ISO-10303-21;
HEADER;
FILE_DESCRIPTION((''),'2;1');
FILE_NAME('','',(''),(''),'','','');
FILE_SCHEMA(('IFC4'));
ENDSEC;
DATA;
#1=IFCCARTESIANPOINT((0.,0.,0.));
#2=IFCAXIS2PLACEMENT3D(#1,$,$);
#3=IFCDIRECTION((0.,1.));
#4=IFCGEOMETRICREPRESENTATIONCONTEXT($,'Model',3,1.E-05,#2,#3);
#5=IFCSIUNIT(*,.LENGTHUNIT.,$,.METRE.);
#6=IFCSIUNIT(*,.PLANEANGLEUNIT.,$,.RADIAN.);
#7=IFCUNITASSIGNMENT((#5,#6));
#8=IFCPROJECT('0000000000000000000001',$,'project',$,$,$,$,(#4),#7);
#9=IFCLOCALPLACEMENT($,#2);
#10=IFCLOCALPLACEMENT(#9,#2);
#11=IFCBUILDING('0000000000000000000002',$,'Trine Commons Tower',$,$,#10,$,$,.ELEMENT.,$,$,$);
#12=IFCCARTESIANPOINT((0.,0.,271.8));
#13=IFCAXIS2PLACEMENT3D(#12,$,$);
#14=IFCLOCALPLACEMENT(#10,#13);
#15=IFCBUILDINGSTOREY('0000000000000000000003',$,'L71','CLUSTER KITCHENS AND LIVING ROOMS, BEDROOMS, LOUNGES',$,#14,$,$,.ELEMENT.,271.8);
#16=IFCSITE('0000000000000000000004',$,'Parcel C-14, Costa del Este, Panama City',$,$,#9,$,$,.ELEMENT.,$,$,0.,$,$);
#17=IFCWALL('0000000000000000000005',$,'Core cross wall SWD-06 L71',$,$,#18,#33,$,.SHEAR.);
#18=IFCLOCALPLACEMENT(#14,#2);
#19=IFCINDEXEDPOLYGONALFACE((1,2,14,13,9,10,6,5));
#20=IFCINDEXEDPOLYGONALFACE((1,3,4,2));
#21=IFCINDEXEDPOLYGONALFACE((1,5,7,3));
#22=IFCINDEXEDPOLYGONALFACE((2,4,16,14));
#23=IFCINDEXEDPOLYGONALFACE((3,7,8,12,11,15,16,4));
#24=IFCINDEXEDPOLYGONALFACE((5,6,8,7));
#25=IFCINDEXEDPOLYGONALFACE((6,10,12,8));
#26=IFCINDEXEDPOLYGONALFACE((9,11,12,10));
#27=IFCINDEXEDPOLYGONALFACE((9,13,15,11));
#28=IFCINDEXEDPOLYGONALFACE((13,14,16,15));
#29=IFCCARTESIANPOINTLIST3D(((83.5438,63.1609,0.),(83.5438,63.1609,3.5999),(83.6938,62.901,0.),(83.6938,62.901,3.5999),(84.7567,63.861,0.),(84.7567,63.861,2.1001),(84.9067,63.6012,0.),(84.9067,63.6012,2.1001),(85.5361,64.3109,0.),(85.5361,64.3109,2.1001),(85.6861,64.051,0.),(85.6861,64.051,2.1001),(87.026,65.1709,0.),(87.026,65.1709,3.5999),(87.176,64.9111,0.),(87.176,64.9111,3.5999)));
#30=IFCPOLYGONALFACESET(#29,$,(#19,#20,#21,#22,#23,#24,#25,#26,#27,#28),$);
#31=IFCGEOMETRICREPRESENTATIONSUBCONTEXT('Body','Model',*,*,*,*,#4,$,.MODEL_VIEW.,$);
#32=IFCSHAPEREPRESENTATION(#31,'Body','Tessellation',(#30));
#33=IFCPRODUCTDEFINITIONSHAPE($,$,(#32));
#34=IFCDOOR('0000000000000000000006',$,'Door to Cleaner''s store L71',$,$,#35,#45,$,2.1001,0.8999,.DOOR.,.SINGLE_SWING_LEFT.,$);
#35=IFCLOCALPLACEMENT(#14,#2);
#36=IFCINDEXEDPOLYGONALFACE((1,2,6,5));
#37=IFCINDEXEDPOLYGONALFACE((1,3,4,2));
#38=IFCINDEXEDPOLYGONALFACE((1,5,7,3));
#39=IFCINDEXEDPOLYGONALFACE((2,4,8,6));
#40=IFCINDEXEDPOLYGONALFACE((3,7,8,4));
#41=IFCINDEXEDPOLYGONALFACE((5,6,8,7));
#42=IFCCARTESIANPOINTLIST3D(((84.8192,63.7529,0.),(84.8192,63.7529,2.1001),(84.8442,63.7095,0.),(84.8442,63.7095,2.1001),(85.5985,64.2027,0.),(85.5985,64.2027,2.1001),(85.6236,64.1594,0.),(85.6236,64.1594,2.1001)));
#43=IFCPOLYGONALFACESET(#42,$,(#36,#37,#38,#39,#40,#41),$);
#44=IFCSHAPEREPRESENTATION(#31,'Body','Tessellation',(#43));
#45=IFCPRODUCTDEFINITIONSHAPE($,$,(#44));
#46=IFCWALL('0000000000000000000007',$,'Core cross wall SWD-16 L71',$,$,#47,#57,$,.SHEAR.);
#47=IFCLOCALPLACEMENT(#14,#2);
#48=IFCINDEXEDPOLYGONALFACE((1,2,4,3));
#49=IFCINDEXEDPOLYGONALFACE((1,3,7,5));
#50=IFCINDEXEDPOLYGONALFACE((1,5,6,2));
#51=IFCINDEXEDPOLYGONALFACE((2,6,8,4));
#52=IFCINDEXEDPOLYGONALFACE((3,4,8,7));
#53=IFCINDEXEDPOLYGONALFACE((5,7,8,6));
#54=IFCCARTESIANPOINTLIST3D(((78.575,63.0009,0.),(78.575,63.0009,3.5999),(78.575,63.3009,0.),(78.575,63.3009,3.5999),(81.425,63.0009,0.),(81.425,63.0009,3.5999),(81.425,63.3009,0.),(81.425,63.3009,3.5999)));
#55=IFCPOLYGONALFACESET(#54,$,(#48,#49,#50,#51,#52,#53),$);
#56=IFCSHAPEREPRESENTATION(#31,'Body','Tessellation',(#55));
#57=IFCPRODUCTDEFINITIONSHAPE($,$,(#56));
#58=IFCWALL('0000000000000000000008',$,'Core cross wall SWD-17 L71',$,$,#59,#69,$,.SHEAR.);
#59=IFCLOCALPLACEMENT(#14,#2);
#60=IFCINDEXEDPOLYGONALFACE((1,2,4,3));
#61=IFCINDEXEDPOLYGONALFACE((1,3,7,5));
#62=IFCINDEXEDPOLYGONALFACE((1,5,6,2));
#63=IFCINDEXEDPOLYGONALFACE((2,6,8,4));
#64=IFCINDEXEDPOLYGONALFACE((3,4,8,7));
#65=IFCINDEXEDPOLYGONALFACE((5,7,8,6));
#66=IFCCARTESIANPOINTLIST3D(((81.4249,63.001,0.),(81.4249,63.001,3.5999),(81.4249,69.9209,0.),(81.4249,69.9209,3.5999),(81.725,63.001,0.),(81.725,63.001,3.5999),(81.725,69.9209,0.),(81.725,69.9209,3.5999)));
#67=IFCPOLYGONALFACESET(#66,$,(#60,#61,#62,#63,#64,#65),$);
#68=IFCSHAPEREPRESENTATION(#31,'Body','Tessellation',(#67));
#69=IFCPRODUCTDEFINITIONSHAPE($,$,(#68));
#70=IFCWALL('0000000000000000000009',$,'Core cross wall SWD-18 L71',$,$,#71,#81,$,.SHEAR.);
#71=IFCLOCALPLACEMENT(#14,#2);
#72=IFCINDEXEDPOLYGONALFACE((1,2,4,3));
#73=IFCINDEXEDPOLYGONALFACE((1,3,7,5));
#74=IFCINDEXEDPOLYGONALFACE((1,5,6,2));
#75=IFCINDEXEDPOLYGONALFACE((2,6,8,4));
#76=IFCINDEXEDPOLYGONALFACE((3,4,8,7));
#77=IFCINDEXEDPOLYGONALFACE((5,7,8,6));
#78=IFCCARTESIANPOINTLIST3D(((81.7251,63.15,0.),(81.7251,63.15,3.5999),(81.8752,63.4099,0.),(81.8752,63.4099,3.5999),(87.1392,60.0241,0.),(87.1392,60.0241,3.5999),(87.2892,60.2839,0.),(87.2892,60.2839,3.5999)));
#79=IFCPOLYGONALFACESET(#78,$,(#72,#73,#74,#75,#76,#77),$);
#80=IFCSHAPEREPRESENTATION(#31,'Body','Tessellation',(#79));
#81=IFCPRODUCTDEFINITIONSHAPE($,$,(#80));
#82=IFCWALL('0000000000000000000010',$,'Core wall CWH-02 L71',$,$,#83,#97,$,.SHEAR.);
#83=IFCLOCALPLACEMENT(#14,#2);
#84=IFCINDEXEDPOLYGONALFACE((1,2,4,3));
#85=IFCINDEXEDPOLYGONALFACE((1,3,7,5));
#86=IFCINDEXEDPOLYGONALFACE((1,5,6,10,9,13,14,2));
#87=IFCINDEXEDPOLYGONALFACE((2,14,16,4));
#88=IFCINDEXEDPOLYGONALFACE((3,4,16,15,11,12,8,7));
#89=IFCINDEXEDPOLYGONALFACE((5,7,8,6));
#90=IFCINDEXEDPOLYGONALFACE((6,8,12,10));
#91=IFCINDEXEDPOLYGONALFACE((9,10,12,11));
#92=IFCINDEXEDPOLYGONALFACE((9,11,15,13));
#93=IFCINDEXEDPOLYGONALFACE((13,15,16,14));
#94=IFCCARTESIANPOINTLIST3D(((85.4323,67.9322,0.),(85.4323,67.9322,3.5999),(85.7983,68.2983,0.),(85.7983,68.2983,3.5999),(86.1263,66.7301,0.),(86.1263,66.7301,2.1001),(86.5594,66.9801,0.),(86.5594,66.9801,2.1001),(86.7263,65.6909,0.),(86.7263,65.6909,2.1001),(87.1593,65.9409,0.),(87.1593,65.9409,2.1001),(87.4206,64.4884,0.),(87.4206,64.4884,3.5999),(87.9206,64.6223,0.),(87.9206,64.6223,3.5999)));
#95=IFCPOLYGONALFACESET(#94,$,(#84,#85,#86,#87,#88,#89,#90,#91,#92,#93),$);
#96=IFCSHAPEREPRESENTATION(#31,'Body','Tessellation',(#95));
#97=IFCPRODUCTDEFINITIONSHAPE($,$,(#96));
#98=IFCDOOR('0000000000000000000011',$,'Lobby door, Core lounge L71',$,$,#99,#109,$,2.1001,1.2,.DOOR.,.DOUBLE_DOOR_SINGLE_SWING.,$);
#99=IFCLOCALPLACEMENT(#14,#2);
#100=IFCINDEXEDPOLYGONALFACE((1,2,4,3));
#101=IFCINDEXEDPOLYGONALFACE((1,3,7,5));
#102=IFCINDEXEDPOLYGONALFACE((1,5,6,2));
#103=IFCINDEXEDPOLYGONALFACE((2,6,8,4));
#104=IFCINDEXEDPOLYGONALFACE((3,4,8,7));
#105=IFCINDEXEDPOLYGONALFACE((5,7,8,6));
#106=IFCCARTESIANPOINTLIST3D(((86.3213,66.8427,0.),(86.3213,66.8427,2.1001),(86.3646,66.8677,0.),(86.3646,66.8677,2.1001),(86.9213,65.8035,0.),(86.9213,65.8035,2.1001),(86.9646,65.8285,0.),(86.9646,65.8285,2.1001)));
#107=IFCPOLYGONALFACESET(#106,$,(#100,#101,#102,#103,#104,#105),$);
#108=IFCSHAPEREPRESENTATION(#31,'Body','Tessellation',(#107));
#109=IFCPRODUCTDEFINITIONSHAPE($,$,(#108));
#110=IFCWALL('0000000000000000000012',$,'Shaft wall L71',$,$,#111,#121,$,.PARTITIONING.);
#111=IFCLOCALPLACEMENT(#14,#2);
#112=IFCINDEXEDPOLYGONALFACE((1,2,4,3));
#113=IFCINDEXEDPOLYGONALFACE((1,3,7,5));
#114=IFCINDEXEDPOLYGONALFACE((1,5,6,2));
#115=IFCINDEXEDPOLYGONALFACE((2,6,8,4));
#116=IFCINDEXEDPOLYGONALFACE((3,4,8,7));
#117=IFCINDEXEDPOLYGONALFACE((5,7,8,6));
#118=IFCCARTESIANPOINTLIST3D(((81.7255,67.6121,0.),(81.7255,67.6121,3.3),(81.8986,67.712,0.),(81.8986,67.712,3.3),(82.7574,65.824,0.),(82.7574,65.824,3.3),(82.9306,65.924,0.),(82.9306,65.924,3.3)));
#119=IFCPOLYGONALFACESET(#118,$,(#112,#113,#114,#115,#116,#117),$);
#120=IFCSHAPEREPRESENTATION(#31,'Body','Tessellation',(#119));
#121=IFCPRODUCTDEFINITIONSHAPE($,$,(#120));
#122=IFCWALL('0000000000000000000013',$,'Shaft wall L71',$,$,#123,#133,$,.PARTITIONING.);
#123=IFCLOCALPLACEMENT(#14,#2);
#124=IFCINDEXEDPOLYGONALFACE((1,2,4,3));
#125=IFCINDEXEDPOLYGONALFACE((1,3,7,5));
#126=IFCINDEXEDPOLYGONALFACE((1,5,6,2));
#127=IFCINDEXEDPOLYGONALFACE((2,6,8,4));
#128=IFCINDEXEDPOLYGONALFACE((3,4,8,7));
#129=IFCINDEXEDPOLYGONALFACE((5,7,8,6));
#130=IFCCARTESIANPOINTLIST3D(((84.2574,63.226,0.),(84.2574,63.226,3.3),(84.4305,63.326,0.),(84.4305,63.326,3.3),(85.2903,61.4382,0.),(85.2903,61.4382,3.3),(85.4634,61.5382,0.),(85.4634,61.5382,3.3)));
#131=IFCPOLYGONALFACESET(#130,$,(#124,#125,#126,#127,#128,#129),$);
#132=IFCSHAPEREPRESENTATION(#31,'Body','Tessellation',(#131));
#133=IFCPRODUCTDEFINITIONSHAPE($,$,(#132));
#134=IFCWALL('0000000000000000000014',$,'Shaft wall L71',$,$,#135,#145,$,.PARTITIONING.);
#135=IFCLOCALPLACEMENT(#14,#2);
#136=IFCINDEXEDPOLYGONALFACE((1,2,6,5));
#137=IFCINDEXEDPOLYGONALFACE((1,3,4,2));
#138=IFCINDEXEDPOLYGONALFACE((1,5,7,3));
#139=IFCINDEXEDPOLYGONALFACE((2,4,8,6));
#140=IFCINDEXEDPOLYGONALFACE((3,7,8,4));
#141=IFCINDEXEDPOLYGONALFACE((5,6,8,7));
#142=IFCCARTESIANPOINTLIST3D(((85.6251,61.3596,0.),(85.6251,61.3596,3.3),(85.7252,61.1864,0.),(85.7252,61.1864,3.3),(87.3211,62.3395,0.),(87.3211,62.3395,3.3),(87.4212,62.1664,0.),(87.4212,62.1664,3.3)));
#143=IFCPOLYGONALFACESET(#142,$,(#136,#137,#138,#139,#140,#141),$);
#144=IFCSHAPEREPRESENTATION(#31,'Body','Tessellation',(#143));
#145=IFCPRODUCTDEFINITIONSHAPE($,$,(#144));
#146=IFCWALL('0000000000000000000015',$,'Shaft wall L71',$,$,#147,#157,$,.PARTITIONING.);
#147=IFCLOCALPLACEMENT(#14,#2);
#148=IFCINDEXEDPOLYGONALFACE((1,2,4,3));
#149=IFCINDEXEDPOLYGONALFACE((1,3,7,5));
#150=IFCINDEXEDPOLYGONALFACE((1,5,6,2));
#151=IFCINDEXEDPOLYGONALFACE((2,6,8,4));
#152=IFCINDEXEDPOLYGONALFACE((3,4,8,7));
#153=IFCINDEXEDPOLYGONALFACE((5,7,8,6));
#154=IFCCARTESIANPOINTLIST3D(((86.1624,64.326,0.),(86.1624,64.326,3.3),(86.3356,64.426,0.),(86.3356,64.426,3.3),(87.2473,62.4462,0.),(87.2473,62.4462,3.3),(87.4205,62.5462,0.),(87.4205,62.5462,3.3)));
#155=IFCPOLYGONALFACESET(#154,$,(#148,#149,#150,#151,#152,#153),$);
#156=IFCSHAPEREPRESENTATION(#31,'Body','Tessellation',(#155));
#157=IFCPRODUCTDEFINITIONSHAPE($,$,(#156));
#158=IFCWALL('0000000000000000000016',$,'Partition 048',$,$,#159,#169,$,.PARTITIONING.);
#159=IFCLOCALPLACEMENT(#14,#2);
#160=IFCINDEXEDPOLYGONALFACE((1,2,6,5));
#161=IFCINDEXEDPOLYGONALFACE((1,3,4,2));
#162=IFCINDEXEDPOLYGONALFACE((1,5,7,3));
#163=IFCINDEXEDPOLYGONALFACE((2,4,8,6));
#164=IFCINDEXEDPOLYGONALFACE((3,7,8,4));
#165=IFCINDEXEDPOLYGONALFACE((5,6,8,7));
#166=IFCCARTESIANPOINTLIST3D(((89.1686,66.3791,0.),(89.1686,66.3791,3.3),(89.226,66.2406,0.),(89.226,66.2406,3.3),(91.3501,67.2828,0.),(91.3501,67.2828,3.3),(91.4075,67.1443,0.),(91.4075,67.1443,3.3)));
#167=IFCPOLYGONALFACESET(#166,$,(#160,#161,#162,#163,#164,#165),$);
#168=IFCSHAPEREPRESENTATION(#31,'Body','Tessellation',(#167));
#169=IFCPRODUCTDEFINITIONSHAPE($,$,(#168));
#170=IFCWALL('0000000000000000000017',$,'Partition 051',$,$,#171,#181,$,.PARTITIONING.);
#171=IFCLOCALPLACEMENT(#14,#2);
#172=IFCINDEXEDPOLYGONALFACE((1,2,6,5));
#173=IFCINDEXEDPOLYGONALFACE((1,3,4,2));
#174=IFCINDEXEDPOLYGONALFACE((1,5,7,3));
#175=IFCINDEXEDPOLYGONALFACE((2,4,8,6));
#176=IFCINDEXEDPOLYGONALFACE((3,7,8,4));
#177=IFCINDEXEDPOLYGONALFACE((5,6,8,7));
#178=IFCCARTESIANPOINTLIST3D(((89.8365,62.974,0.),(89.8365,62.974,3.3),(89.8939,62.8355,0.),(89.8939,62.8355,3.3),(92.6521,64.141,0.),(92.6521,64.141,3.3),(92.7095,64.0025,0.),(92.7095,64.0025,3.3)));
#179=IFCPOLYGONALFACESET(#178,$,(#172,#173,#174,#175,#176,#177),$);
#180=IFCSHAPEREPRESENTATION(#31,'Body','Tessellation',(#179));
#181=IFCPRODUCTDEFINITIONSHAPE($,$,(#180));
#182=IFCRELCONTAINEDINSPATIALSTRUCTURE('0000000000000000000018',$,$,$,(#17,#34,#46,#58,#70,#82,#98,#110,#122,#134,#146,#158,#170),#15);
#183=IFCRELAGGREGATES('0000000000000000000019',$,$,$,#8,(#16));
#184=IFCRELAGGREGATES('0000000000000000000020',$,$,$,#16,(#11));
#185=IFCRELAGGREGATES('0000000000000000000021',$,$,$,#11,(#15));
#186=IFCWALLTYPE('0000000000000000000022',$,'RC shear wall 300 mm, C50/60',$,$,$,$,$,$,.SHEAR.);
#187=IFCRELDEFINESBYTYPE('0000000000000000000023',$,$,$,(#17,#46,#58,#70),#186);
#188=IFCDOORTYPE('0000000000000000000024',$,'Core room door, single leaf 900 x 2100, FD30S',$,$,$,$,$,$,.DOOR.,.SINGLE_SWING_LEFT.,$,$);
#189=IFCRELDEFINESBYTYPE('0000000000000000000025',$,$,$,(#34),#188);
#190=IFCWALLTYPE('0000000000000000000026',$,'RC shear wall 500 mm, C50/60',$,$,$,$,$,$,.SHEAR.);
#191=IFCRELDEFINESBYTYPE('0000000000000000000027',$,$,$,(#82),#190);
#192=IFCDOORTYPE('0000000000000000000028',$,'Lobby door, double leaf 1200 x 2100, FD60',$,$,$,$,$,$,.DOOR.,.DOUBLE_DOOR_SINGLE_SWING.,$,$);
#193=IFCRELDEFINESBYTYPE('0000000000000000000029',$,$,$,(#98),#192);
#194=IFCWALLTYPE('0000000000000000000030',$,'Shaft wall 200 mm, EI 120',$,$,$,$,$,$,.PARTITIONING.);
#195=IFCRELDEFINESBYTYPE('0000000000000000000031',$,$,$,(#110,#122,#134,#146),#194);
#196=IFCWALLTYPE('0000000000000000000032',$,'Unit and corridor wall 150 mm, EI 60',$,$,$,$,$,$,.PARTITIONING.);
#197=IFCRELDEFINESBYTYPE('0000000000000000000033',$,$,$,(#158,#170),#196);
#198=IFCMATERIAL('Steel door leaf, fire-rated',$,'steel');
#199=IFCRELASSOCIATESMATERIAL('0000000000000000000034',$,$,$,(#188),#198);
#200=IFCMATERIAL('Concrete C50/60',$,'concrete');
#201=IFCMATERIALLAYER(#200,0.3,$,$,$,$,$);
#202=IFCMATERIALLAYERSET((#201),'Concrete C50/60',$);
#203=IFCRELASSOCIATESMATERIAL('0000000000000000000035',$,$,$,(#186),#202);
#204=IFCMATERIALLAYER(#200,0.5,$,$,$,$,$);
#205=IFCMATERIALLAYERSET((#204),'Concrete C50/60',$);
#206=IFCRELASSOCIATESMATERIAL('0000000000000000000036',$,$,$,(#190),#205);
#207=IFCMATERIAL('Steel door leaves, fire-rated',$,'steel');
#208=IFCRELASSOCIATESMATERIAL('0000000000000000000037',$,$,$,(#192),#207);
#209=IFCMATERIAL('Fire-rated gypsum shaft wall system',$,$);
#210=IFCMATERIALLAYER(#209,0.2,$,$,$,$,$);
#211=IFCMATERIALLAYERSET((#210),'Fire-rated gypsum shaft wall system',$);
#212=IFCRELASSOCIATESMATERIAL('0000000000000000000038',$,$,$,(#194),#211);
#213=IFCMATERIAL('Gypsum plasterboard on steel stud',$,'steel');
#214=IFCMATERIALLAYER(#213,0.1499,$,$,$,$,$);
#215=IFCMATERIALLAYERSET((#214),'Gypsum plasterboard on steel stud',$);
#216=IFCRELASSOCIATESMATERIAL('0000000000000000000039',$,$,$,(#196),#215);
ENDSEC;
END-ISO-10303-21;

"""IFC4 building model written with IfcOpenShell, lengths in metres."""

from ifc_helpers import new_model, si_unit, direction, frame, frame_2d, origin, place, context, subcontext, project, spatial, polyline, rectangle, outline, extrude, material, layer, layer_set, type_object, element, fill, save


model = new_model("IFC4")

# Units and contexts
model_context = context("Model", 3, precision=1e-05, world=origin(), true_north=direction((0.0, 1.0)))
body_context = subcontext(model_context, "Body", "Model", "MODEL_VIEW")
ifc_project = project(units=[si_unit("LENGTHUNIT", "METRE"), si_unit("PLANEANGLEUNIT", "RADIAN")], contexts=[model_context])

# Site, building, storey
site_placement = place(None, origin())
site = spatial("IfcSite", under=ifc_project, at=site_placement, Name="Parcel C-14, Costa del Este, Panama City", CompositionType="ELEMENT", RefElevation=0.0)
building_placement = place(site_placement, origin())
building = spatial("IfcBuilding", under=site, at=building_placement, Name="Trine Commons Tower", CompositionType="ELEMENT")
storey_placement = place(building_placement, frame((0.0, 0.0, 271.8)))
storey = spatial("IfcBuildingStorey", under=building, at=storey_placement, Name="L71", Description="CLUSTER KITCHENS AND LIVING ROOMS, BEDROOMS, LOUNGES", CompositionType="ELEMENT", Elevation=271.8)

# Shared definitions
ifc_material_1 = material(Name="Concrete C50/60", Category="concrete")

# Wall, opening, door
ifc_material_2 = material(Name="Steel door leaf, fire-rated", Category="steel")
door_type_1 = type_object("IfcDoorType", Name="Core room door, single leaf 900 x 2100, FD30S", OperationType="SINGLE_SWING_LEFT", PredefinedType="DOOR", material=ifc_material_2)
ifc_material_3 = material(Name="Fire-rated gypsum shaft wall system")
ifc_layer_1 = layer(ifc_material_1, 0.3)
ifc_layer_set_1 = layer_set([ifc_layer_1], Name="Concrete C50/60")
wall_type_1 = type_object("IfcWallType", Name="RC shear wall 300 mm, C50/60", PredefinedType="SHEAR", material=ifc_layer_set_1)
wall_1_placement = place(storey_placement, frame((83.6189, 63.031, 0.0), z_axis=(0.0, 0.0, 1.0), x_axis=(0.866071, 0.49992, 0.0)))
wall_1 = element("IfcWall", 1, at=wall_1_placement, inside=storey, type_object=wall_type_1, Name="Core cross wall SWD-06 L71", PredefinedType="SHEAR", context=body_context, shape_type="SweptSolid", body=[
    extrude(rectangle(XDim=4.0208, YDim=0.3, at=frame_2d((2.0103, 0.0))), origin(), (0.0, 0.0, 1.0), 3.5999),
])
opening_1_placement = place(wall_1_placement, frame((1.4004, 0.0, 0.0)))
opening_1 = element("IfcOpeningElement", 2, at=opening_1_placement, cuts=wall_1, PredefinedType="OPENING", context=body_context, shape_type="SweptSolid", body=[
    extrude(rectangle(XDim=0.8999, YDim=2.1001, at=frame_2d((0.45, 1.05))), frame((0.0, 0.1599, 0.0), z_axis=(0.0, -1.0, 0.0), x_axis=(1.0, 0.0, 0.0)), (0.0, 0.0, 1.0), 0.3201),
])
door_1_placement = place(opening_1_placement, frame((0.8999, 0.0, 0.0), z_axis=(0.0, 0.0, 1.0), x_axis=(-1.0, 0.0, 0.0)))
door_1 = element("IfcDoor", 3, at=door_1_placement, inside=storey, type_object=door_type_1, Name="Door to Cleaner's store L71", OperationType="SINGLE_SWING_LEFT", OverallHeight=2.1001, OverallWidth=0.8999, PredefinedType="DOOR", context=body_context, shape_type="SweptSolid", body=[
    extrude(rectangle(XDim=0.8999, YDim=2.1001, at=frame_2d((0.45, 1.05))), frame((0.0, 0.0249, 0.0), z_axis=(0.0, -1.0, 0.0), x_axis=(1.0, 0.0, 0.0)), (0.0, 0.0, 1.0), 0.05),
])
fill(opening_1, door_1)

# Walls
wall_2_placement = place(storey_placement, frame((81.425, 63.1509, 0.0), z_axis=(0.0, 0.0, 1.0), x_axis=(-1.0, 0.0, 0.0)))
element("IfcWall", 4, at=wall_2_placement, inside=storey, type_object=wall_type_1, Name="Core cross wall SWD-16 L71", PredefinedType="SHEAR", context=body_context, shape_type="SweptSolid", body=[
    extrude(rectangle(XDim=2.8501, YDim=0.3, at=frame_2d((1.425, 0.0))), origin(), (0.0, 0.0, 1.0), 3.5999),
])
wall_3_placement = place(storey_placement, frame((81.575, 63.001, 0.0), z_axis=(0.0, 0.0, 1.0), x_axis=(0.0, 1.0, 0.0)))
element("IfcWall", 5, at=wall_3_placement, inside=storey, type_object=wall_type_1, Name="Core cross wall SWD-17 L71", PredefinedType="SHEAR", context=body_context, shape_type="SweptSolid", body=[
    extrude(rectangle(XDim=6.9199, YDim=0.3, at=frame_2d((3.46, 0.0))), origin(), (0.0, 0.0, 1.0), 3.5999),
])
wall_4_placement = place(storey_placement, frame((81.8, 63.28, 0.0), z_axis=(0.0, 0.0, 1.0), x_axis=(0.866014, -0.50002, 0.0)))
element("IfcWall", 6, at=wall_4_placement, inside=storey, type_object=wall_type_1, Name="Core cross wall SWD-18 L71", PredefinedType="SHEAR", context=body_context, shape_type="SweptSolid", body=[
    extrude(rectangle(XDim=6.2517, YDim=0.3, at=frame_2d((3.126, 0.0))), origin(), (0.0, 0.0, 1.0), 3.5999),
])

# Wall, opening, door
ifc_layer_2 = layer(ifc_material_1, 0.5)
ifc_layer_set_2 = layer_set([ifc_layer_2], Name="Concrete C50/60")
wall_type_2 = type_object("IfcWallType", Name="RC shear wall 500 mm, C50/60", PredefinedType="SHEAR", material=ifc_layer_set_2)
wall_5_placement = place(storey_placement, frame((87.7041, 64.4973, 0.0), z_axis=(0.0, 0.0, 1.0), x_axis=(-0.499993, 0.866029, 0.0)))
wall_5 = element("IfcWall", 7, at=wall_5_placement, inside=storey, type_object=wall_type_2, Name="Core wall CWH-02 L71", PredefinedType="SHEAR", context=body_context, shape_type="SweptSolid", body=[
    extrude(outline(polyline([(0.0, -0.25), (4.2446, -0.25), (4.1106, 0.25), (0.134, 0.25), (0.0, -0.25)])), origin(), (0.0, 0.0, 1.0), 3.5999),
])
opening_2_placement = place(wall_5_placement, frame((1.5225, 0.0, 0.0)))
opening_2 = element("IfcOpeningElement", 8, at=opening_2_placement, cuts=wall_5, PredefinedType="OPENING", context=body_context, shape_type="SweptSolid", body=[
    extrude(rectangle(XDim=1.2, YDim=2.1001, at=frame_2d((0.6001, 1.05))), frame((0.0, 0.26, 0.0), z_axis=(0.0, -1.0, 0.0), x_axis=(1.0, 0.0, 0.0)), (0.0, 0.0, 1.0), 0.52),
])
ifc_material_4 = material(Name="Steel door leaves, fire-rated", Category="steel")
door_type_2 = type_object("IfcDoorType", Name="Lobby door, double leaf 1200 x 2100, FD60", OperationType="DOUBLE_DOOR_SINGLE_SWING", PredefinedType="DOOR", material=ifc_material_4)
door_2_placement = place(opening_2_placement, origin())
door_2 = element("IfcDoor", 9, at=door_2_placement, inside=storey, type_object=door_type_2, Name="Lobby door, Core lounge L71", OperationType="DOUBLE_DOOR_SINGLE_SWING", OverallHeight=2.1001, OverallWidth=1.2, PredefinedType="DOOR", context=body_context, shape_type="SweptSolid", body=[
    extrude(rectangle(XDim=1.2, YDim=2.1001, at=frame_2d((0.6001, 1.05))), frame((0.0, 0.0249, 0.0), z_axis=(0.0, -1.0, 0.0), x_axis=(1.0, 0.0, 0.0)), (0.0, 0.0, 1.0), 0.05),
])
fill(opening_2, door_2)

# Walls
ifc_layer_3 = layer(ifc_material_3, 0.2)
ifc_layer_set_3 = layer_set([ifc_layer_3], Name="Fire-rated gypsum shaft wall system")
wall_type_3 = type_object("IfcWallType", Name="Shaft wall 200 mm, EI 120", PredefinedType="PARTITIONING", material=ifc_layer_set_3)
wall_6_placement = place(storey_placement, frame((82.844, 65.874, 0.0), z_axis=(0.0, 0.0, 1.0), x_axis=(-0.499866, 0.866103, 0.0)))
element("IfcWall", 10, at=wall_6_placement, inside=storey, type_object=wall_type_3, Name="Shaft wall L71", PredefinedType="PARTITIONING", context=body_context, shape_type="SweptSolid", body=[
    extrude(rectangle(XDim=2.0645, YDim=0.2, at=frame_2d((1.0322, 0.0))), origin(), (0.0, 0.0, 1.0), 3.3),
])
wall_7_placement = place(storey_placement, frame((84.344, 63.2759, 0.0), z_axis=(0.0, 0.0, 1.0), x_axis=(0.500272, -0.865868, 0.0)))
element("IfcWall", 11, at=wall_7_placement, inside=storey, type_object=wall_type_3, Name="Shaft wall L71", PredefinedType="PARTITIONING", context=body_context, shape_type="SweptSolid", body=[
    extrude(rectangle(XDim=2.0647, YDim=0.2, at=frame_2d((1.0322, 0.0))), origin(), (0.0, 0.0, 1.0), 3.3),
])
wall_8_placement = place(storey_placement, frame((85.675, 61.2729, 0.0), z_axis=(0.0, 0.0, 1.0), x_axis=(0.865855, 0.500294, 0.0)))
element("IfcWall", 12, at=wall_8_placement, inside=storey, type_object=wall_type_3, Name="Shaft wall L71", PredefinedType="PARTITIONING", context=body_context, shape_type="SweptSolid", body=[
    extrude(rectangle(XDim=1.9587, YDim=0.2, at=frame_2d((0.9795, 0.0))), origin(), (0.0, 0.0, 1.0), 3.3),
])
wall_9_placement = place(storey_placement, frame((86.249, 64.376, 0.0), z_axis=(0.0, 0.0, 1.0), x_axis=(0.499865, -0.866103, 0.0)))
element("IfcWall", 13, at=wall_9_placement, inside=storey, type_object=wall_type_3, Name="Shaft wall L71", PredefinedType="PARTITIONING", context=body_context, shape_type="SweptSolid", body=[
    extrude(rectangle(XDim=2.1704, YDim=0.2, at=frame_2d((1.0852, 0.0))), origin(), (0.0, 0.0, 1.0), 3.3),
])
ifc_material_5 = material(Name="Gypsum plasterboard on steel stud", Category="steel")
ifc_layer_4 = layer(ifc_material_5, 0.1499)
ifc_layer_set_4 = layer_set([ifc_layer_4], Name="Gypsum plasterboard on steel stud")
wall_type_4 = type_object("IfcWallType", Name="Unit and corridor wall 150 mm, EI 60", PredefinedType="PARTITIONING", material=ifc_layer_set_4)
wall_10_placement = place(storey_placement, frame((89.1973, 66.3098, 0.0), z_axis=(0.0, 0.0, 1.0), x_axis=(0.923858, 0.382735, 0.0)))
element("IfcWall", 14, at=wall_10_placement, inside=storey, type_object=wall_type_4, Name="Partition 048", PredefinedType="PARTITIONING", context=body_context, shape_type="SweptSolid", body=[
    extrude(rectangle(XDim=2.3613, YDim=0.1499, at=frame_2d((1.1807, 0.0))), origin(), (0.0, 0.0, 1.0), 3.3),
])
wall_11_placement = place(storey_placement, frame((89.8652, 62.9048, 0.0), z_axis=(0.0, 0.0, 1.0), x_axis=(0.923798, 0.38288, 0.0)))
element("IfcWall", 15, at=wall_11_placement, inside=storey, type_object=wall_type_4, Name="Partition 051", PredefinedType="PARTITIONING", context=body_context, shape_type="SweptSolid", body=[
    extrude(rectangle(XDim=3.0479, YDim=0.1499, at=frame_2d((1.5239, 0.0))), origin(), (0.0, 0.0, 1.0), 3.3),
])

save(model, "model.ifc")
